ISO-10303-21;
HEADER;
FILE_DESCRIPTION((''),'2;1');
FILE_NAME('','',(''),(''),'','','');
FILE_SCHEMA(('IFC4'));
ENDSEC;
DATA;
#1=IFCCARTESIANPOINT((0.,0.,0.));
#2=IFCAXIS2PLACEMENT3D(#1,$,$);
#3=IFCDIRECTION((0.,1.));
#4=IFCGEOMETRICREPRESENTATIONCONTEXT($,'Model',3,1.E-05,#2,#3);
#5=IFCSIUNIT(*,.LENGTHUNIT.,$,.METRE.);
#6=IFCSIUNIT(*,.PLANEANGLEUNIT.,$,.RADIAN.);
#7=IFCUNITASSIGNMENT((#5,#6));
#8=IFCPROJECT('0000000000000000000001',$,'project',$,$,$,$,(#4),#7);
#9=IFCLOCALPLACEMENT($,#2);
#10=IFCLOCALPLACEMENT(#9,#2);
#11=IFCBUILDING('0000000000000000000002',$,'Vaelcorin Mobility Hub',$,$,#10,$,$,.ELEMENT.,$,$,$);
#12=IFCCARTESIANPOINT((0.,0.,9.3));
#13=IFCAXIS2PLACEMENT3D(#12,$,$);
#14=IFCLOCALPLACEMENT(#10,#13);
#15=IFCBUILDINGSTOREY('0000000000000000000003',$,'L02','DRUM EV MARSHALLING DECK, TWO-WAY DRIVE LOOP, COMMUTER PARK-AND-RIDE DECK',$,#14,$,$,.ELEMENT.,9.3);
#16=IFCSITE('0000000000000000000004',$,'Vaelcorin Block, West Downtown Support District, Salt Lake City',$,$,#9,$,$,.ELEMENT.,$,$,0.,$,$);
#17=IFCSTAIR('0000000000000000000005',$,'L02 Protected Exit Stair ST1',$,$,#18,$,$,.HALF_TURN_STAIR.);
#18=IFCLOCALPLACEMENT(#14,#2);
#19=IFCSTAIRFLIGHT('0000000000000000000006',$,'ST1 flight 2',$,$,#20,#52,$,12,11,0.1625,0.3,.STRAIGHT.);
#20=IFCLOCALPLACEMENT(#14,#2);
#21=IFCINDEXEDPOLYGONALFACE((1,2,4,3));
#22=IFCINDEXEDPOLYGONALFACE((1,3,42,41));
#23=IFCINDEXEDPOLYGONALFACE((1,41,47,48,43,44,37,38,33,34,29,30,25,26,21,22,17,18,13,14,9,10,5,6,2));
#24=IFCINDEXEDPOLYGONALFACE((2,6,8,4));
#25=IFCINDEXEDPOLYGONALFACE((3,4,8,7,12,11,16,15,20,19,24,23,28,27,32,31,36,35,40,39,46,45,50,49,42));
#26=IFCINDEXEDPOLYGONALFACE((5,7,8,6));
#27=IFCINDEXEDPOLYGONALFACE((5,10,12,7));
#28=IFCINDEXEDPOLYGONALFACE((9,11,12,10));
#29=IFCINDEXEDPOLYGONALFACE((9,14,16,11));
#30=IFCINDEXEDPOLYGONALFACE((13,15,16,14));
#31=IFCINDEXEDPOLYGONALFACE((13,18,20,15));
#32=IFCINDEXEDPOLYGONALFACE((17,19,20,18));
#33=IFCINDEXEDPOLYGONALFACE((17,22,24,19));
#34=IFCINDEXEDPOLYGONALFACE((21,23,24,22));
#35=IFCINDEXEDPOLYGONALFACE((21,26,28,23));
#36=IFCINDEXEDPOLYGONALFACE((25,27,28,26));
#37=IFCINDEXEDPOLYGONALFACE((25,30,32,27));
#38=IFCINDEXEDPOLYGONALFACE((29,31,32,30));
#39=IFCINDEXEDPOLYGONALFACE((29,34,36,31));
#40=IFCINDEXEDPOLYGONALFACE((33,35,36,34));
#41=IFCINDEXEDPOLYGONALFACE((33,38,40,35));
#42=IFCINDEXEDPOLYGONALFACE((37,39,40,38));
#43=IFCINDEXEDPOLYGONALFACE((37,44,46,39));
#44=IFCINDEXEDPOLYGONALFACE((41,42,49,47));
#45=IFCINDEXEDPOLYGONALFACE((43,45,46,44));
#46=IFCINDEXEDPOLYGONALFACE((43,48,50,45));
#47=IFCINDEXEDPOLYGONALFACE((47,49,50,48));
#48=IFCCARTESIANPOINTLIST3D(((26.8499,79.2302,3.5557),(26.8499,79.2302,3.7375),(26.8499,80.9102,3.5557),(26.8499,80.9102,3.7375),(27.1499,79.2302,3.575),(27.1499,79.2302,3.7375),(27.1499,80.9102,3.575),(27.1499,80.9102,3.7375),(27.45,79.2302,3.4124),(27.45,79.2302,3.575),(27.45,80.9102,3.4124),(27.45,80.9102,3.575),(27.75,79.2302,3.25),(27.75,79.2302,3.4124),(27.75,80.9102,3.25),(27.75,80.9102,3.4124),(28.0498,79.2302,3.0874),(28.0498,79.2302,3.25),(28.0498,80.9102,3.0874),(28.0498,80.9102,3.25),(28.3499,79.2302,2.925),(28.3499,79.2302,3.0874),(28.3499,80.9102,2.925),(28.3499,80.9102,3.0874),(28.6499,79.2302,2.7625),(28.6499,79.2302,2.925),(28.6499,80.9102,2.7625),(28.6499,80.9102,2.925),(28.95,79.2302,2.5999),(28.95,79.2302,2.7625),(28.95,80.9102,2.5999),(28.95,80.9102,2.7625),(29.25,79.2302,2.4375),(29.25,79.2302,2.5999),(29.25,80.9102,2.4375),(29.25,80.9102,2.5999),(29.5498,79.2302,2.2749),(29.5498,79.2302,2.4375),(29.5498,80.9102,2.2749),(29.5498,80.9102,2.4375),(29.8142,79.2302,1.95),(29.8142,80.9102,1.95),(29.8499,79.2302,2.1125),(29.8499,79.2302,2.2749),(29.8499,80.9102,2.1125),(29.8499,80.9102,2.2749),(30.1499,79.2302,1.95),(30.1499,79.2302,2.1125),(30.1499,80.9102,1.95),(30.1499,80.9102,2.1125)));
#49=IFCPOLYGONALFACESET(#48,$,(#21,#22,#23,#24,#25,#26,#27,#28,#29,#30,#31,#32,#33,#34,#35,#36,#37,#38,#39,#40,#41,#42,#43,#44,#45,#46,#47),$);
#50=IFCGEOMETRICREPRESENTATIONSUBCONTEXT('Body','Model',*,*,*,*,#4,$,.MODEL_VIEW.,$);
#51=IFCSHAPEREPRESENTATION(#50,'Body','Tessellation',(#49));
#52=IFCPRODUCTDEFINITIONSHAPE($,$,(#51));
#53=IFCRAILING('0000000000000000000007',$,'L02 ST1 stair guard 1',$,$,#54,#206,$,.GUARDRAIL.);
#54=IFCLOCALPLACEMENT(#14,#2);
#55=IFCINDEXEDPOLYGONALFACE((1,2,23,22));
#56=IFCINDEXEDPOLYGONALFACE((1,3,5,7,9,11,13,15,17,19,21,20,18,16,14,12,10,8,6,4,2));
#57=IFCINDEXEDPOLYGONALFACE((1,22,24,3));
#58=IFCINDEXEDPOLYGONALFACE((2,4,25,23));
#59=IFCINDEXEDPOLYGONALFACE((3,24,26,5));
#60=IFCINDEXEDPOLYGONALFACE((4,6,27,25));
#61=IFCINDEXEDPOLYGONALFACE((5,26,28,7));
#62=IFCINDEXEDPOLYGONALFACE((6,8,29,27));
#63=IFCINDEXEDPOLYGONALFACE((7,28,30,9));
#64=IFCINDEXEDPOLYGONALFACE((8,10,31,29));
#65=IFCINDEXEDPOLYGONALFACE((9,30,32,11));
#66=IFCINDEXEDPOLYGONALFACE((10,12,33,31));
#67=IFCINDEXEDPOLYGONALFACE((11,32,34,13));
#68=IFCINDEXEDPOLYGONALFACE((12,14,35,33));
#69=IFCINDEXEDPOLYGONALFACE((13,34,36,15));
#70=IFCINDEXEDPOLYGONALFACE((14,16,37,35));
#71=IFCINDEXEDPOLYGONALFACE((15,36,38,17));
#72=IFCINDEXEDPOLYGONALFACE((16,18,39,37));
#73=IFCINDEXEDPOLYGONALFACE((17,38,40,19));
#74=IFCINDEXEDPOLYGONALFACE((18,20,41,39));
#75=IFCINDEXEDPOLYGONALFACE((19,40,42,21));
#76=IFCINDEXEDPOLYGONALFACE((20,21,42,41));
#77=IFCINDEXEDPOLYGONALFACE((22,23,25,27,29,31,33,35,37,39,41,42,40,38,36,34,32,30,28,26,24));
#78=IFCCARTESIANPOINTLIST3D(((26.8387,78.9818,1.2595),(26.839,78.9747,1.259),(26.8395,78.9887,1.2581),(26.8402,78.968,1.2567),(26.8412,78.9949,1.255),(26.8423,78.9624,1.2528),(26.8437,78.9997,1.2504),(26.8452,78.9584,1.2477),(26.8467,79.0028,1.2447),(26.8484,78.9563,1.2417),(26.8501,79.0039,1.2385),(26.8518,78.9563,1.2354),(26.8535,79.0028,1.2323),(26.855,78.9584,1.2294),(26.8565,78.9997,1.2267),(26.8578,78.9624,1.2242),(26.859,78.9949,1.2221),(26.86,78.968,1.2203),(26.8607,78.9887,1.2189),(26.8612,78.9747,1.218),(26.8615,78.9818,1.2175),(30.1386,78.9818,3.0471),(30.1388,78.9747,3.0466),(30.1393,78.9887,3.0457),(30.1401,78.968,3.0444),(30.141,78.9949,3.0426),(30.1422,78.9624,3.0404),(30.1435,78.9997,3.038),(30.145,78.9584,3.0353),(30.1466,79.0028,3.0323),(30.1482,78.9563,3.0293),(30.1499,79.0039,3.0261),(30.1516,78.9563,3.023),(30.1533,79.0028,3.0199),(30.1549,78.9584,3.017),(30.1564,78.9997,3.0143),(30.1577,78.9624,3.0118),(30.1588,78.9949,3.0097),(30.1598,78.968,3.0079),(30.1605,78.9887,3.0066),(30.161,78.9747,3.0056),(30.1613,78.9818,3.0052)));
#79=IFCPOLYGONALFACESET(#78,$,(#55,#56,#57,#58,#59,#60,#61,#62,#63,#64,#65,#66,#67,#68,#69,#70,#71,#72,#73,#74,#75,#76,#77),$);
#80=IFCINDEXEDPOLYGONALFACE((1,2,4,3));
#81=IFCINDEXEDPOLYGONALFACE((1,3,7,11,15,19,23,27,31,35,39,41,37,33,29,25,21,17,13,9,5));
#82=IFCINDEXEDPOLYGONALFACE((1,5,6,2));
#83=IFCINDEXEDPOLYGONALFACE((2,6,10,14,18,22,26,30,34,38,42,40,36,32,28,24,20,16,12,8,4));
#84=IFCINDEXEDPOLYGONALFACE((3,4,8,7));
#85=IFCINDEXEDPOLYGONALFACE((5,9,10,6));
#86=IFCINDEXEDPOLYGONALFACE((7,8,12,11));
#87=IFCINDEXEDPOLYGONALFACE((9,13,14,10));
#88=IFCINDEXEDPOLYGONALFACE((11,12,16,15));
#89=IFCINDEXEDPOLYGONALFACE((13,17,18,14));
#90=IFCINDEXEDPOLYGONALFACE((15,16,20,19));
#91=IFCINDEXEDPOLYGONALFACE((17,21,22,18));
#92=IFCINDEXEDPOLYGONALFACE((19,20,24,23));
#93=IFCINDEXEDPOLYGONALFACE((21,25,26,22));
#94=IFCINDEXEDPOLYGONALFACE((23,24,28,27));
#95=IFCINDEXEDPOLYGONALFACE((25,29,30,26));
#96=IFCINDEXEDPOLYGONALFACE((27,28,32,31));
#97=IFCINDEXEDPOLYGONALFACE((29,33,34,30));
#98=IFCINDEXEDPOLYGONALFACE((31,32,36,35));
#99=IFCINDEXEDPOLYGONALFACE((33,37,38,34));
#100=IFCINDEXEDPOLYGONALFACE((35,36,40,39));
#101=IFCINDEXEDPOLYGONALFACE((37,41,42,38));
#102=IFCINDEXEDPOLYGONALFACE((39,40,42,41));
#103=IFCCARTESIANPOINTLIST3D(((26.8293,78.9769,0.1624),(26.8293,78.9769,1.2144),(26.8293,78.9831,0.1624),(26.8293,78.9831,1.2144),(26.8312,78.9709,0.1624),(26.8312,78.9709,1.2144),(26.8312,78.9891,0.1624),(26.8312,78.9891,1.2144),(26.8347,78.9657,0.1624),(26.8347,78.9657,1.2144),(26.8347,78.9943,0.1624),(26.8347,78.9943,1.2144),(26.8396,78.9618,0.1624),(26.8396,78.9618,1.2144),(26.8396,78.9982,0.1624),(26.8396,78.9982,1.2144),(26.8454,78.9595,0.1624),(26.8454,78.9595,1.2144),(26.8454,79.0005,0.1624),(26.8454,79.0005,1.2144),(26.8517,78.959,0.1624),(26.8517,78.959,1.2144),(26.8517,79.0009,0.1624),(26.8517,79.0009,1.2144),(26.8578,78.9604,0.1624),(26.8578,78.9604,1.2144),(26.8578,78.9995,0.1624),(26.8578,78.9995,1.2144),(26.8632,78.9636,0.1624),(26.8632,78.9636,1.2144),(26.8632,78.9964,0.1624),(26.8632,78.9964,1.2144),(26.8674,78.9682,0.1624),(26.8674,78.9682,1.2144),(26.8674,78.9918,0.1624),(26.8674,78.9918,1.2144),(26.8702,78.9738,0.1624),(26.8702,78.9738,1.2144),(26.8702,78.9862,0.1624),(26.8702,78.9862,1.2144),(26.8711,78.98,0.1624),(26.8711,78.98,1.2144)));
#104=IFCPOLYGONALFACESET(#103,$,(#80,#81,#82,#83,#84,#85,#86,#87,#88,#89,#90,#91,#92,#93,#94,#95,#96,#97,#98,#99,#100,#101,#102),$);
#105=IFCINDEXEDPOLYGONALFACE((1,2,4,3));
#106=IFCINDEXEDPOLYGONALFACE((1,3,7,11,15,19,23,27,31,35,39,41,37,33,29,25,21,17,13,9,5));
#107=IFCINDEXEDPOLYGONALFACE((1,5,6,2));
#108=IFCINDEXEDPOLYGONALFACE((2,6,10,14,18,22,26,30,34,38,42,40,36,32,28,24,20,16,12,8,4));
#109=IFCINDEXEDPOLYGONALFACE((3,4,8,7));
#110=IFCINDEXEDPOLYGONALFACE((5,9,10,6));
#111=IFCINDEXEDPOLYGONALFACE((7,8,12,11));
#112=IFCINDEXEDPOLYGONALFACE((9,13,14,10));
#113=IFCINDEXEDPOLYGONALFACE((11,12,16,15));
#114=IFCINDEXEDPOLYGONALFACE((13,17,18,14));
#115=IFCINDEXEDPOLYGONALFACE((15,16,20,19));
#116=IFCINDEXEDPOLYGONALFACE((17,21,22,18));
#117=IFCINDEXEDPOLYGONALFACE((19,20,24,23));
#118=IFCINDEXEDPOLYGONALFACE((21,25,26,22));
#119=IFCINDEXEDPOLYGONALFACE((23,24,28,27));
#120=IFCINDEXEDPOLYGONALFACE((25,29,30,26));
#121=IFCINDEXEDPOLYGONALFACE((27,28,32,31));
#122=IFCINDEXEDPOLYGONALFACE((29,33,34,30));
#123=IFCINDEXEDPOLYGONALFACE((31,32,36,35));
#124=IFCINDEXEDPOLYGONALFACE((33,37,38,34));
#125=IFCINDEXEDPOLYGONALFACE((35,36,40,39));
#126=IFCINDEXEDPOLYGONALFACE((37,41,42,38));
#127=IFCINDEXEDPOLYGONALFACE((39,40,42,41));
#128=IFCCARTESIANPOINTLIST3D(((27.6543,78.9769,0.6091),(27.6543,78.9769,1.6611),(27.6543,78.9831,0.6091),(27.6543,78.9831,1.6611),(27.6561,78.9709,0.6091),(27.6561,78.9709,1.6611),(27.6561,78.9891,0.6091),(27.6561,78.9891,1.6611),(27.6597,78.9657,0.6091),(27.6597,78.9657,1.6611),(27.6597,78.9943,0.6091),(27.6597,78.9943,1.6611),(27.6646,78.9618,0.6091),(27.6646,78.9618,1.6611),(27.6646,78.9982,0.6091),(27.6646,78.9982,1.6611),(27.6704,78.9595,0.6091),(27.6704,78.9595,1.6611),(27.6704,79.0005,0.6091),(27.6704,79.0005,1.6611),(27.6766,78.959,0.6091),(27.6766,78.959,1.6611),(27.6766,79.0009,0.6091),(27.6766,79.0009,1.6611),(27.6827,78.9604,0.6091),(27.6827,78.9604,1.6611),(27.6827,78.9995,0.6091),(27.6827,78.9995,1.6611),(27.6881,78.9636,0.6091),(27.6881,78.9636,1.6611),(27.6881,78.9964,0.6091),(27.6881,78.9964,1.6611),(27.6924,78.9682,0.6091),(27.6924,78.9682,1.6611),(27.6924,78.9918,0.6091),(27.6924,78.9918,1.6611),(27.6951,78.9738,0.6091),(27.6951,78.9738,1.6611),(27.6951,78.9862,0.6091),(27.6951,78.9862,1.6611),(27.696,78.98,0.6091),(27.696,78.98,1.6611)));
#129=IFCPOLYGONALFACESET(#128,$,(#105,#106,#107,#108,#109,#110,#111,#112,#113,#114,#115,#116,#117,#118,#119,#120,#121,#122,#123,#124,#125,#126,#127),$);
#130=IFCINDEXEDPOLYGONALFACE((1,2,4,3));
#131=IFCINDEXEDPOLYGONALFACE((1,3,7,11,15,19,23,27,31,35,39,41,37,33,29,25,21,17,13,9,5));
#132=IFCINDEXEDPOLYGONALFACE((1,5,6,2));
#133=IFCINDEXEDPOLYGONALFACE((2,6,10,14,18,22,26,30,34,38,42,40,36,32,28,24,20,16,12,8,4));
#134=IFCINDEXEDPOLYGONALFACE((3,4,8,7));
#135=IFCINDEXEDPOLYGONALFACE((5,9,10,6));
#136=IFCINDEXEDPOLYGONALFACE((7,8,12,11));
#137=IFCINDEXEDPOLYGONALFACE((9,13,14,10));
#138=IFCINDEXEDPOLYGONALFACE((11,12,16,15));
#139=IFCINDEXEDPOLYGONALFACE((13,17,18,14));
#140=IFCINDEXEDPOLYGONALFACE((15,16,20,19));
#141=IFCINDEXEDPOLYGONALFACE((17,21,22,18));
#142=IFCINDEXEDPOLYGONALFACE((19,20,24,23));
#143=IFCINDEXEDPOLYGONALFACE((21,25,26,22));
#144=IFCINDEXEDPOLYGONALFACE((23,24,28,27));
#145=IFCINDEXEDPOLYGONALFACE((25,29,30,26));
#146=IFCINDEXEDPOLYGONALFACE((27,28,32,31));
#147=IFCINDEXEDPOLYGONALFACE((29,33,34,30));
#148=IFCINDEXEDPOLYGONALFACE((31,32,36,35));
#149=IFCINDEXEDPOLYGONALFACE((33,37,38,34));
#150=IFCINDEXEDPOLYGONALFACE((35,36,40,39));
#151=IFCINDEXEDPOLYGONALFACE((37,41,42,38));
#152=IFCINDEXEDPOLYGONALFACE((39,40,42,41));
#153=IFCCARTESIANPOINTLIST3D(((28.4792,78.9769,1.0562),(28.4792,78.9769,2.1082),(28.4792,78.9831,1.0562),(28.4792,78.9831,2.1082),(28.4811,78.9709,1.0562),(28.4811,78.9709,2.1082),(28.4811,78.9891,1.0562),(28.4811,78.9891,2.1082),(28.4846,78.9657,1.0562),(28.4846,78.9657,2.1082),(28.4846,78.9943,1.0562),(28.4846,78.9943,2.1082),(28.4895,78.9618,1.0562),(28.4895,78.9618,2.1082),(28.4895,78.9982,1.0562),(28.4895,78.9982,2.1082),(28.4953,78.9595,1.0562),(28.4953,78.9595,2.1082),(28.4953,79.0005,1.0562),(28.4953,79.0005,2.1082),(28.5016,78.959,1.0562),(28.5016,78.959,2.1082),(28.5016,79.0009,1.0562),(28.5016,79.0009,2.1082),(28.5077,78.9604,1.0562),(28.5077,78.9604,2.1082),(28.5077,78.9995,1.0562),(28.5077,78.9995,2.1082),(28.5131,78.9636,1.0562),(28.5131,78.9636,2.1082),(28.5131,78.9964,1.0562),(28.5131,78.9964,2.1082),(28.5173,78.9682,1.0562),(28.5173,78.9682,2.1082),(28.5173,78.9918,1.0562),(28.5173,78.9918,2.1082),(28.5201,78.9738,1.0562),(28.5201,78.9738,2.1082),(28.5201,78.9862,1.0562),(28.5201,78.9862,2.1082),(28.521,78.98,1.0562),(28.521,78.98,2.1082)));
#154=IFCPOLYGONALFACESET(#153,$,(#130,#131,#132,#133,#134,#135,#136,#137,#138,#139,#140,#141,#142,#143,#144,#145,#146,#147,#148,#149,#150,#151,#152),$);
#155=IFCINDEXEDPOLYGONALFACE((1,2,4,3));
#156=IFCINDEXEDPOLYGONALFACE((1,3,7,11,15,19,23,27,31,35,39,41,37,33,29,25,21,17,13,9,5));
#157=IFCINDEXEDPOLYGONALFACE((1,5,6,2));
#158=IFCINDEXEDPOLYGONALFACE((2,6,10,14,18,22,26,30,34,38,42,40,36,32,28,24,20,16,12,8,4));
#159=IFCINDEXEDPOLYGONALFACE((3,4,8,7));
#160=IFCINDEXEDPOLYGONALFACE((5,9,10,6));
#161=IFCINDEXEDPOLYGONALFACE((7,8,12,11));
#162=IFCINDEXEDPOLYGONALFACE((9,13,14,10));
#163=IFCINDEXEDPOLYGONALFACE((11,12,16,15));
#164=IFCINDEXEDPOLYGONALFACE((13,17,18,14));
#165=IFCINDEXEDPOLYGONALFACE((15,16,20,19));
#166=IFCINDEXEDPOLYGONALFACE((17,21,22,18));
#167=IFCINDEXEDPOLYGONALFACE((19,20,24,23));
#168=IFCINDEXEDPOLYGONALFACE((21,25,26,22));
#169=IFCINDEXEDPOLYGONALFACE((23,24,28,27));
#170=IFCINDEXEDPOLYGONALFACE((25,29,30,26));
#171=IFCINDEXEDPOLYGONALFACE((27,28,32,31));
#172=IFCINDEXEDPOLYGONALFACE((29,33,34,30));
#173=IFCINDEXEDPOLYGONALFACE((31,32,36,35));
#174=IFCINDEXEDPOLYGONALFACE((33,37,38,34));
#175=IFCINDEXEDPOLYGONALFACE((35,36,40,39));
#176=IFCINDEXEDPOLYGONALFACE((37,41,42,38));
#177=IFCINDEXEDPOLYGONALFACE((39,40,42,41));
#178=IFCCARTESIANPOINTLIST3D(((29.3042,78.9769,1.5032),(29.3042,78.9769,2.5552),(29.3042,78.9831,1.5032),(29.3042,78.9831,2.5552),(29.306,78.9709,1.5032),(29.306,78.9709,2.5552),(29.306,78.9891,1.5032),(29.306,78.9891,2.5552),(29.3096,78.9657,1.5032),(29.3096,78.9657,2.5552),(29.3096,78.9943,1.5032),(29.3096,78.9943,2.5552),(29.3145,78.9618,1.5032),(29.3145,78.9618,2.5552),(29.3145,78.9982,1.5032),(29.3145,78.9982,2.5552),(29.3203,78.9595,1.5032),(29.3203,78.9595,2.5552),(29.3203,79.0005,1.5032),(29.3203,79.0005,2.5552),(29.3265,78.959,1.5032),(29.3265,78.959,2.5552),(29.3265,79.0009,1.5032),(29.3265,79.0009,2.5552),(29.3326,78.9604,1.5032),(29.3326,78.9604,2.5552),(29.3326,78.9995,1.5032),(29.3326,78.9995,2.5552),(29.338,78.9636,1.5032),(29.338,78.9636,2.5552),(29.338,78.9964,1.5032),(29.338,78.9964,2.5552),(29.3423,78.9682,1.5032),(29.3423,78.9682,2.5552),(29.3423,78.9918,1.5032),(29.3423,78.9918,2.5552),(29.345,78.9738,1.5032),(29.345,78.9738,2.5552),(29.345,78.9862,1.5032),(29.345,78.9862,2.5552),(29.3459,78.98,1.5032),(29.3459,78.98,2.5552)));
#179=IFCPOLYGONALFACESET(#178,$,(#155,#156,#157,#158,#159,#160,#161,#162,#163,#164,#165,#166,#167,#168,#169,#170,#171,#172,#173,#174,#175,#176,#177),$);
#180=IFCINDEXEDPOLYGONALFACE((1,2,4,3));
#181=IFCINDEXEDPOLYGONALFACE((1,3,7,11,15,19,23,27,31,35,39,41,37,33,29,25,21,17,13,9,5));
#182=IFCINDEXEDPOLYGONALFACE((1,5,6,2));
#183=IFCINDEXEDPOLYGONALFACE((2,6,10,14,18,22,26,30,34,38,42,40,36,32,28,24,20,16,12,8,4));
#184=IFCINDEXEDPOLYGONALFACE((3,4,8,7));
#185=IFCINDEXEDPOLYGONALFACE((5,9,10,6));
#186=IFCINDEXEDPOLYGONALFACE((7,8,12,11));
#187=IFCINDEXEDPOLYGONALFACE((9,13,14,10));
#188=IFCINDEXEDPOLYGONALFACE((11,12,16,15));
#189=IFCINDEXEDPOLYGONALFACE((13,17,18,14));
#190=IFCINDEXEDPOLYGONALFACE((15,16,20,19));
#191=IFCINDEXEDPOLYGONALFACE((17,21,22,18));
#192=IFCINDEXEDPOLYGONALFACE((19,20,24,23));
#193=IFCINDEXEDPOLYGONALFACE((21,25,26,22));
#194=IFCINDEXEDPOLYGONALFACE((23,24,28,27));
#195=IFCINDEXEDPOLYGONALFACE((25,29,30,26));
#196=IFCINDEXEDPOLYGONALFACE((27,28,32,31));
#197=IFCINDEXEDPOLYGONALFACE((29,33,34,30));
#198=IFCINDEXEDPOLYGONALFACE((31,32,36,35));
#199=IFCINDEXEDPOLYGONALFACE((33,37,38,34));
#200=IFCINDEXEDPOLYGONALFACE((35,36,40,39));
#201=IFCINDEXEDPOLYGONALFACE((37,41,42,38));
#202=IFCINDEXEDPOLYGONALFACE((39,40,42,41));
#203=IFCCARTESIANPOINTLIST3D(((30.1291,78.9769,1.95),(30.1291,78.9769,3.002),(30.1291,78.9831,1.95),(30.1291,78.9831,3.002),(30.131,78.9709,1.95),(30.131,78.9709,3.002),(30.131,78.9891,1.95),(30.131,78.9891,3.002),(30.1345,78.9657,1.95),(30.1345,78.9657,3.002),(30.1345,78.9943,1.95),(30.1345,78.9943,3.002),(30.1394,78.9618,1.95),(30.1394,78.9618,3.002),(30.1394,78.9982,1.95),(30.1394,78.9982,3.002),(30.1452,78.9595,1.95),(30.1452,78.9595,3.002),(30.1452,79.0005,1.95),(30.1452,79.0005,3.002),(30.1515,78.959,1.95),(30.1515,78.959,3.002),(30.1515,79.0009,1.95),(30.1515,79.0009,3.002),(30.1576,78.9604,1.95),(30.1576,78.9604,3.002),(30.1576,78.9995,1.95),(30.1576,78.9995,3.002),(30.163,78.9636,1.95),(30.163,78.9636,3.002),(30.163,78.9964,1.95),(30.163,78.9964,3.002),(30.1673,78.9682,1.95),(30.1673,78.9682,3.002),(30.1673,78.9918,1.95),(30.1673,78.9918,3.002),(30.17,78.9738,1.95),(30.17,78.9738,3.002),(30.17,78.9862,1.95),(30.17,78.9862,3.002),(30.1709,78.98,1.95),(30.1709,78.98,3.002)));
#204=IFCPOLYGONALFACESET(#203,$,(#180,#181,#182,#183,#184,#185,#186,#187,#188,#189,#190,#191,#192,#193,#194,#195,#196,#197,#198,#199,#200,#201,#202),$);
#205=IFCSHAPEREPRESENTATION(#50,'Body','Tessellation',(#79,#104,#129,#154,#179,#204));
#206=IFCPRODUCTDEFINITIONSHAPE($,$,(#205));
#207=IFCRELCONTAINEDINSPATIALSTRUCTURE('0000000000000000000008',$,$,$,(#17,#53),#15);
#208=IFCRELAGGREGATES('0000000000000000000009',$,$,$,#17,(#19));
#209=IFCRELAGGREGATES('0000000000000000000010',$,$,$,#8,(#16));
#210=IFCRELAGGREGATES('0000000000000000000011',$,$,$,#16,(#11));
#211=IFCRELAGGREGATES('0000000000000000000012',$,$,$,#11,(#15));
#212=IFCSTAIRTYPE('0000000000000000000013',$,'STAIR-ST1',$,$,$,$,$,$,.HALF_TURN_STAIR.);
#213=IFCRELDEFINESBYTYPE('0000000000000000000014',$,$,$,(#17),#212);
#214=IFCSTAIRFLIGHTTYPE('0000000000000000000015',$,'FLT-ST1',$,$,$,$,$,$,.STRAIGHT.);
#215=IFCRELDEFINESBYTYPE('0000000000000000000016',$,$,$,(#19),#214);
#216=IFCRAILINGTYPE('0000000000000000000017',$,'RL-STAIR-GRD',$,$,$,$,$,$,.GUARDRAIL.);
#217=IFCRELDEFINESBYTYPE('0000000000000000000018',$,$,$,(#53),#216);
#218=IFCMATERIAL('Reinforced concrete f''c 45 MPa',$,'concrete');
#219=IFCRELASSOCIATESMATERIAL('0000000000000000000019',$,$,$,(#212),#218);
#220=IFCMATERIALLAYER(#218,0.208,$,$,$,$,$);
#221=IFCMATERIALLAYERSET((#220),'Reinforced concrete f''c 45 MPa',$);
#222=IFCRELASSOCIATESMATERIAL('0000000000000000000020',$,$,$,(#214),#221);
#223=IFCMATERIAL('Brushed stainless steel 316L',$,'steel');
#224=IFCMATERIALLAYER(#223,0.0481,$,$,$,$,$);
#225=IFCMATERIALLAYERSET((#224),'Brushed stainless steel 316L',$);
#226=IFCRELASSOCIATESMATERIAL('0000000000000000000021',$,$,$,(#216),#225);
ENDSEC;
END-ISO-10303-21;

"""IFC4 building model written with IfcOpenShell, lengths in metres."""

from ifc_helpers import new_model, si_unit, direction, frame, origin, origin_2d, place, context, subcontext, project, spatial, polyline, circle, outline, extrude, material, layer, layer_set, type_object, element, aggregate, save


model = new_model("IFC4")

# Units and contexts
model_context = context("Model", 3, precision=1e-05, world=origin(), true_north=direction((0.0, 1.0)))
body_context = subcontext(model_context, "Body", "Model", "MODEL_VIEW")
ifc_project = project(units=[si_unit("LENGTHUNIT", "METRE"), si_unit("PLANEANGLEUNIT", "RADIAN")], contexts=[model_context])

# Site, building, storey
site_placement = place(None, origin())
site = spatial("IfcSite", under=ifc_project, at=site_placement, Name="Vaelcorin Block, West Downtown Support District, Salt Lake City", CompositionType="ELEMENT", RefElevation=0.0)
building_placement = place(site_placement, origin())
building = spatial("IfcBuilding", under=site, at=building_placement, Name="Vaelcorin Mobility Hub", CompositionType="ELEMENT")
storey_placement = place(building_placement, frame((0.0, 0.0, 9.3)))
storey = spatial("IfcBuildingStorey", under=building, at=storey_placement, Name="L02", Description="DRUM EV MARSHALLING DECK, TWO-WAY DRIVE LOOP, COMMUTER PARK-AND-RIDE DECK", CompositionType="ELEMENT", Elevation=9.3)

# Shared definitions
ifc_material_1 = material(Name="Reinforced concrete f'c 45 MPa", Category="concrete")

# Stair, stair flight
stair_type = type_object("IfcStairType", Name="STAIR-ST1", PredefinedType="HALF_TURN_STAIR", material=ifc_material_1)
stair_placement = place(storey_placement, origin())
stair = element("IfcStair", 1, at=stair_placement, inside=storey, type_object=stair_type, Name="L02 Protected Exit Stair ST1", PredefinedType="HALF_TURN_STAIR")
ifc_layer_1 = layer(ifc_material_1, 0.208)
ifc_layer_set_1 = layer_set([ifc_layer_1], Name="Reinforced concrete f'c 45 MPa")
stair_flight_type = type_object("IfcStairFlightType", Name="FLT-ST1", PredefinedType="STRAIGHT", material=ifc_layer_set_1)
stair_flight_1_placement = place(storey_placement, frame((30.1499, 80.0701, 1.95), z_axis=(0.0, 0.0, 1.0), x_axis=(-1.0, 0.0, 0.0)))
stair_flight_1 = element("IfcStairFlight", 2, at=stair_flight_1_placement, type_object=stair_flight_type, Name="ST1 flight 2", NumberOfRisers=12, NumberOfTreads=11, PredefinedType="STRAIGHT", RiserHeight=0.1625, TreadLength=0.3, context=body_context, shape_type="SweptSolid", body=[
    extrude(outline(polyline([(0.0, 0.0), (0.0, 0.1626), (0.3, 0.1626), (0.3, 0.325), (0.6001, 0.325), (0.6001, 0.4875), (0.8999, 0.4875), (0.8999, 0.6499), (1.2, 0.6499), (1.2, 0.8125), (1.5, 0.8125), (1.5, 0.9751), (1.8, 0.9751), (1.8, 1.1375), (2.1001, 1.1375), (2.1001, 1.3), (2.3999, 1.3), (2.3999, 1.4624), (2.7, 1.4624), (2.7, 1.625), (3.0, 1.625), (3.0, 1.7876), (3.3, 1.7876), (3.3, 1.95), (3.3, 1.6057), (0.3357, 0.0), (0.0, 0.0)])), frame((0.0, 0.8398, 0.0), z_axis=(0.0, -1.0, 0.0), x_axis=(1.0, 0.0, 0.0)), (0.0, 0.0, 1.0), 1.6799),
])
aggregate(stair, [stair_flight_1])

# Railing
ifc_material_2 = material(Name="Brushed stainless steel 316L", Category="steel")
ifc_layer_2 = layer(ifc_material_2, 0.0481)
ifc_layer_set_2 = layer_set([ifc_layer_2], Name="Brushed stainless steel 316L")
railing_type_1 = type_object("IfcRailingType", Name="RL-STAIR-GRD", PredefinedType="GUARDRAIL", material=ifc_layer_set_2)
railing_1_placement = place(storey_placement, frame((26.8501, 78.98, 0.1624)))
element("IfcRailing", 3, at=railing_1_placement, inside=storey, type_object=railing_type_1, Name="L02 ST1 stair guard 1", PredefinedType="GUARDRAIL", context=body_context, shape_type="SweptSolid", body=[
    extrude(circle(Radius=0.0239, at=origin_2d()), frame((0.0, 0.0, 1.0762), z_axis=(0.879269, 0.0, 0.476325), x_axis=(0.0, 1.0, 0.0)), (0.0, 0.0, 1.0), 3.7529),
    extrude(circle(Radius=0.021, at=origin_2d()), origin(), (0.0, 0.0, 1.0), 1.052),
    extrude(circle(Radius=0.021, at=origin_2d()), frame((0.825, 0.0, 0.4468)), (0.0, 0.0, 1.0), 1.052),
    extrude(circle(Radius=0.021, at=origin_2d()), frame((1.6499, 0.0, 0.8938)), (0.0, 0.0, 1.0), 1.052),
    extrude(circle(Radius=0.021, at=origin_2d()), frame((2.4749, 0.0, 1.3408)), (0.0, 0.0, 1.0), 1.052),
    extrude(circle(Radius=0.021, at=origin_2d()), frame((3.2998, 0.0, 1.7876)), (0.0, 0.0, 1.0), 1.052),
])

save(model, "model.ifc")
